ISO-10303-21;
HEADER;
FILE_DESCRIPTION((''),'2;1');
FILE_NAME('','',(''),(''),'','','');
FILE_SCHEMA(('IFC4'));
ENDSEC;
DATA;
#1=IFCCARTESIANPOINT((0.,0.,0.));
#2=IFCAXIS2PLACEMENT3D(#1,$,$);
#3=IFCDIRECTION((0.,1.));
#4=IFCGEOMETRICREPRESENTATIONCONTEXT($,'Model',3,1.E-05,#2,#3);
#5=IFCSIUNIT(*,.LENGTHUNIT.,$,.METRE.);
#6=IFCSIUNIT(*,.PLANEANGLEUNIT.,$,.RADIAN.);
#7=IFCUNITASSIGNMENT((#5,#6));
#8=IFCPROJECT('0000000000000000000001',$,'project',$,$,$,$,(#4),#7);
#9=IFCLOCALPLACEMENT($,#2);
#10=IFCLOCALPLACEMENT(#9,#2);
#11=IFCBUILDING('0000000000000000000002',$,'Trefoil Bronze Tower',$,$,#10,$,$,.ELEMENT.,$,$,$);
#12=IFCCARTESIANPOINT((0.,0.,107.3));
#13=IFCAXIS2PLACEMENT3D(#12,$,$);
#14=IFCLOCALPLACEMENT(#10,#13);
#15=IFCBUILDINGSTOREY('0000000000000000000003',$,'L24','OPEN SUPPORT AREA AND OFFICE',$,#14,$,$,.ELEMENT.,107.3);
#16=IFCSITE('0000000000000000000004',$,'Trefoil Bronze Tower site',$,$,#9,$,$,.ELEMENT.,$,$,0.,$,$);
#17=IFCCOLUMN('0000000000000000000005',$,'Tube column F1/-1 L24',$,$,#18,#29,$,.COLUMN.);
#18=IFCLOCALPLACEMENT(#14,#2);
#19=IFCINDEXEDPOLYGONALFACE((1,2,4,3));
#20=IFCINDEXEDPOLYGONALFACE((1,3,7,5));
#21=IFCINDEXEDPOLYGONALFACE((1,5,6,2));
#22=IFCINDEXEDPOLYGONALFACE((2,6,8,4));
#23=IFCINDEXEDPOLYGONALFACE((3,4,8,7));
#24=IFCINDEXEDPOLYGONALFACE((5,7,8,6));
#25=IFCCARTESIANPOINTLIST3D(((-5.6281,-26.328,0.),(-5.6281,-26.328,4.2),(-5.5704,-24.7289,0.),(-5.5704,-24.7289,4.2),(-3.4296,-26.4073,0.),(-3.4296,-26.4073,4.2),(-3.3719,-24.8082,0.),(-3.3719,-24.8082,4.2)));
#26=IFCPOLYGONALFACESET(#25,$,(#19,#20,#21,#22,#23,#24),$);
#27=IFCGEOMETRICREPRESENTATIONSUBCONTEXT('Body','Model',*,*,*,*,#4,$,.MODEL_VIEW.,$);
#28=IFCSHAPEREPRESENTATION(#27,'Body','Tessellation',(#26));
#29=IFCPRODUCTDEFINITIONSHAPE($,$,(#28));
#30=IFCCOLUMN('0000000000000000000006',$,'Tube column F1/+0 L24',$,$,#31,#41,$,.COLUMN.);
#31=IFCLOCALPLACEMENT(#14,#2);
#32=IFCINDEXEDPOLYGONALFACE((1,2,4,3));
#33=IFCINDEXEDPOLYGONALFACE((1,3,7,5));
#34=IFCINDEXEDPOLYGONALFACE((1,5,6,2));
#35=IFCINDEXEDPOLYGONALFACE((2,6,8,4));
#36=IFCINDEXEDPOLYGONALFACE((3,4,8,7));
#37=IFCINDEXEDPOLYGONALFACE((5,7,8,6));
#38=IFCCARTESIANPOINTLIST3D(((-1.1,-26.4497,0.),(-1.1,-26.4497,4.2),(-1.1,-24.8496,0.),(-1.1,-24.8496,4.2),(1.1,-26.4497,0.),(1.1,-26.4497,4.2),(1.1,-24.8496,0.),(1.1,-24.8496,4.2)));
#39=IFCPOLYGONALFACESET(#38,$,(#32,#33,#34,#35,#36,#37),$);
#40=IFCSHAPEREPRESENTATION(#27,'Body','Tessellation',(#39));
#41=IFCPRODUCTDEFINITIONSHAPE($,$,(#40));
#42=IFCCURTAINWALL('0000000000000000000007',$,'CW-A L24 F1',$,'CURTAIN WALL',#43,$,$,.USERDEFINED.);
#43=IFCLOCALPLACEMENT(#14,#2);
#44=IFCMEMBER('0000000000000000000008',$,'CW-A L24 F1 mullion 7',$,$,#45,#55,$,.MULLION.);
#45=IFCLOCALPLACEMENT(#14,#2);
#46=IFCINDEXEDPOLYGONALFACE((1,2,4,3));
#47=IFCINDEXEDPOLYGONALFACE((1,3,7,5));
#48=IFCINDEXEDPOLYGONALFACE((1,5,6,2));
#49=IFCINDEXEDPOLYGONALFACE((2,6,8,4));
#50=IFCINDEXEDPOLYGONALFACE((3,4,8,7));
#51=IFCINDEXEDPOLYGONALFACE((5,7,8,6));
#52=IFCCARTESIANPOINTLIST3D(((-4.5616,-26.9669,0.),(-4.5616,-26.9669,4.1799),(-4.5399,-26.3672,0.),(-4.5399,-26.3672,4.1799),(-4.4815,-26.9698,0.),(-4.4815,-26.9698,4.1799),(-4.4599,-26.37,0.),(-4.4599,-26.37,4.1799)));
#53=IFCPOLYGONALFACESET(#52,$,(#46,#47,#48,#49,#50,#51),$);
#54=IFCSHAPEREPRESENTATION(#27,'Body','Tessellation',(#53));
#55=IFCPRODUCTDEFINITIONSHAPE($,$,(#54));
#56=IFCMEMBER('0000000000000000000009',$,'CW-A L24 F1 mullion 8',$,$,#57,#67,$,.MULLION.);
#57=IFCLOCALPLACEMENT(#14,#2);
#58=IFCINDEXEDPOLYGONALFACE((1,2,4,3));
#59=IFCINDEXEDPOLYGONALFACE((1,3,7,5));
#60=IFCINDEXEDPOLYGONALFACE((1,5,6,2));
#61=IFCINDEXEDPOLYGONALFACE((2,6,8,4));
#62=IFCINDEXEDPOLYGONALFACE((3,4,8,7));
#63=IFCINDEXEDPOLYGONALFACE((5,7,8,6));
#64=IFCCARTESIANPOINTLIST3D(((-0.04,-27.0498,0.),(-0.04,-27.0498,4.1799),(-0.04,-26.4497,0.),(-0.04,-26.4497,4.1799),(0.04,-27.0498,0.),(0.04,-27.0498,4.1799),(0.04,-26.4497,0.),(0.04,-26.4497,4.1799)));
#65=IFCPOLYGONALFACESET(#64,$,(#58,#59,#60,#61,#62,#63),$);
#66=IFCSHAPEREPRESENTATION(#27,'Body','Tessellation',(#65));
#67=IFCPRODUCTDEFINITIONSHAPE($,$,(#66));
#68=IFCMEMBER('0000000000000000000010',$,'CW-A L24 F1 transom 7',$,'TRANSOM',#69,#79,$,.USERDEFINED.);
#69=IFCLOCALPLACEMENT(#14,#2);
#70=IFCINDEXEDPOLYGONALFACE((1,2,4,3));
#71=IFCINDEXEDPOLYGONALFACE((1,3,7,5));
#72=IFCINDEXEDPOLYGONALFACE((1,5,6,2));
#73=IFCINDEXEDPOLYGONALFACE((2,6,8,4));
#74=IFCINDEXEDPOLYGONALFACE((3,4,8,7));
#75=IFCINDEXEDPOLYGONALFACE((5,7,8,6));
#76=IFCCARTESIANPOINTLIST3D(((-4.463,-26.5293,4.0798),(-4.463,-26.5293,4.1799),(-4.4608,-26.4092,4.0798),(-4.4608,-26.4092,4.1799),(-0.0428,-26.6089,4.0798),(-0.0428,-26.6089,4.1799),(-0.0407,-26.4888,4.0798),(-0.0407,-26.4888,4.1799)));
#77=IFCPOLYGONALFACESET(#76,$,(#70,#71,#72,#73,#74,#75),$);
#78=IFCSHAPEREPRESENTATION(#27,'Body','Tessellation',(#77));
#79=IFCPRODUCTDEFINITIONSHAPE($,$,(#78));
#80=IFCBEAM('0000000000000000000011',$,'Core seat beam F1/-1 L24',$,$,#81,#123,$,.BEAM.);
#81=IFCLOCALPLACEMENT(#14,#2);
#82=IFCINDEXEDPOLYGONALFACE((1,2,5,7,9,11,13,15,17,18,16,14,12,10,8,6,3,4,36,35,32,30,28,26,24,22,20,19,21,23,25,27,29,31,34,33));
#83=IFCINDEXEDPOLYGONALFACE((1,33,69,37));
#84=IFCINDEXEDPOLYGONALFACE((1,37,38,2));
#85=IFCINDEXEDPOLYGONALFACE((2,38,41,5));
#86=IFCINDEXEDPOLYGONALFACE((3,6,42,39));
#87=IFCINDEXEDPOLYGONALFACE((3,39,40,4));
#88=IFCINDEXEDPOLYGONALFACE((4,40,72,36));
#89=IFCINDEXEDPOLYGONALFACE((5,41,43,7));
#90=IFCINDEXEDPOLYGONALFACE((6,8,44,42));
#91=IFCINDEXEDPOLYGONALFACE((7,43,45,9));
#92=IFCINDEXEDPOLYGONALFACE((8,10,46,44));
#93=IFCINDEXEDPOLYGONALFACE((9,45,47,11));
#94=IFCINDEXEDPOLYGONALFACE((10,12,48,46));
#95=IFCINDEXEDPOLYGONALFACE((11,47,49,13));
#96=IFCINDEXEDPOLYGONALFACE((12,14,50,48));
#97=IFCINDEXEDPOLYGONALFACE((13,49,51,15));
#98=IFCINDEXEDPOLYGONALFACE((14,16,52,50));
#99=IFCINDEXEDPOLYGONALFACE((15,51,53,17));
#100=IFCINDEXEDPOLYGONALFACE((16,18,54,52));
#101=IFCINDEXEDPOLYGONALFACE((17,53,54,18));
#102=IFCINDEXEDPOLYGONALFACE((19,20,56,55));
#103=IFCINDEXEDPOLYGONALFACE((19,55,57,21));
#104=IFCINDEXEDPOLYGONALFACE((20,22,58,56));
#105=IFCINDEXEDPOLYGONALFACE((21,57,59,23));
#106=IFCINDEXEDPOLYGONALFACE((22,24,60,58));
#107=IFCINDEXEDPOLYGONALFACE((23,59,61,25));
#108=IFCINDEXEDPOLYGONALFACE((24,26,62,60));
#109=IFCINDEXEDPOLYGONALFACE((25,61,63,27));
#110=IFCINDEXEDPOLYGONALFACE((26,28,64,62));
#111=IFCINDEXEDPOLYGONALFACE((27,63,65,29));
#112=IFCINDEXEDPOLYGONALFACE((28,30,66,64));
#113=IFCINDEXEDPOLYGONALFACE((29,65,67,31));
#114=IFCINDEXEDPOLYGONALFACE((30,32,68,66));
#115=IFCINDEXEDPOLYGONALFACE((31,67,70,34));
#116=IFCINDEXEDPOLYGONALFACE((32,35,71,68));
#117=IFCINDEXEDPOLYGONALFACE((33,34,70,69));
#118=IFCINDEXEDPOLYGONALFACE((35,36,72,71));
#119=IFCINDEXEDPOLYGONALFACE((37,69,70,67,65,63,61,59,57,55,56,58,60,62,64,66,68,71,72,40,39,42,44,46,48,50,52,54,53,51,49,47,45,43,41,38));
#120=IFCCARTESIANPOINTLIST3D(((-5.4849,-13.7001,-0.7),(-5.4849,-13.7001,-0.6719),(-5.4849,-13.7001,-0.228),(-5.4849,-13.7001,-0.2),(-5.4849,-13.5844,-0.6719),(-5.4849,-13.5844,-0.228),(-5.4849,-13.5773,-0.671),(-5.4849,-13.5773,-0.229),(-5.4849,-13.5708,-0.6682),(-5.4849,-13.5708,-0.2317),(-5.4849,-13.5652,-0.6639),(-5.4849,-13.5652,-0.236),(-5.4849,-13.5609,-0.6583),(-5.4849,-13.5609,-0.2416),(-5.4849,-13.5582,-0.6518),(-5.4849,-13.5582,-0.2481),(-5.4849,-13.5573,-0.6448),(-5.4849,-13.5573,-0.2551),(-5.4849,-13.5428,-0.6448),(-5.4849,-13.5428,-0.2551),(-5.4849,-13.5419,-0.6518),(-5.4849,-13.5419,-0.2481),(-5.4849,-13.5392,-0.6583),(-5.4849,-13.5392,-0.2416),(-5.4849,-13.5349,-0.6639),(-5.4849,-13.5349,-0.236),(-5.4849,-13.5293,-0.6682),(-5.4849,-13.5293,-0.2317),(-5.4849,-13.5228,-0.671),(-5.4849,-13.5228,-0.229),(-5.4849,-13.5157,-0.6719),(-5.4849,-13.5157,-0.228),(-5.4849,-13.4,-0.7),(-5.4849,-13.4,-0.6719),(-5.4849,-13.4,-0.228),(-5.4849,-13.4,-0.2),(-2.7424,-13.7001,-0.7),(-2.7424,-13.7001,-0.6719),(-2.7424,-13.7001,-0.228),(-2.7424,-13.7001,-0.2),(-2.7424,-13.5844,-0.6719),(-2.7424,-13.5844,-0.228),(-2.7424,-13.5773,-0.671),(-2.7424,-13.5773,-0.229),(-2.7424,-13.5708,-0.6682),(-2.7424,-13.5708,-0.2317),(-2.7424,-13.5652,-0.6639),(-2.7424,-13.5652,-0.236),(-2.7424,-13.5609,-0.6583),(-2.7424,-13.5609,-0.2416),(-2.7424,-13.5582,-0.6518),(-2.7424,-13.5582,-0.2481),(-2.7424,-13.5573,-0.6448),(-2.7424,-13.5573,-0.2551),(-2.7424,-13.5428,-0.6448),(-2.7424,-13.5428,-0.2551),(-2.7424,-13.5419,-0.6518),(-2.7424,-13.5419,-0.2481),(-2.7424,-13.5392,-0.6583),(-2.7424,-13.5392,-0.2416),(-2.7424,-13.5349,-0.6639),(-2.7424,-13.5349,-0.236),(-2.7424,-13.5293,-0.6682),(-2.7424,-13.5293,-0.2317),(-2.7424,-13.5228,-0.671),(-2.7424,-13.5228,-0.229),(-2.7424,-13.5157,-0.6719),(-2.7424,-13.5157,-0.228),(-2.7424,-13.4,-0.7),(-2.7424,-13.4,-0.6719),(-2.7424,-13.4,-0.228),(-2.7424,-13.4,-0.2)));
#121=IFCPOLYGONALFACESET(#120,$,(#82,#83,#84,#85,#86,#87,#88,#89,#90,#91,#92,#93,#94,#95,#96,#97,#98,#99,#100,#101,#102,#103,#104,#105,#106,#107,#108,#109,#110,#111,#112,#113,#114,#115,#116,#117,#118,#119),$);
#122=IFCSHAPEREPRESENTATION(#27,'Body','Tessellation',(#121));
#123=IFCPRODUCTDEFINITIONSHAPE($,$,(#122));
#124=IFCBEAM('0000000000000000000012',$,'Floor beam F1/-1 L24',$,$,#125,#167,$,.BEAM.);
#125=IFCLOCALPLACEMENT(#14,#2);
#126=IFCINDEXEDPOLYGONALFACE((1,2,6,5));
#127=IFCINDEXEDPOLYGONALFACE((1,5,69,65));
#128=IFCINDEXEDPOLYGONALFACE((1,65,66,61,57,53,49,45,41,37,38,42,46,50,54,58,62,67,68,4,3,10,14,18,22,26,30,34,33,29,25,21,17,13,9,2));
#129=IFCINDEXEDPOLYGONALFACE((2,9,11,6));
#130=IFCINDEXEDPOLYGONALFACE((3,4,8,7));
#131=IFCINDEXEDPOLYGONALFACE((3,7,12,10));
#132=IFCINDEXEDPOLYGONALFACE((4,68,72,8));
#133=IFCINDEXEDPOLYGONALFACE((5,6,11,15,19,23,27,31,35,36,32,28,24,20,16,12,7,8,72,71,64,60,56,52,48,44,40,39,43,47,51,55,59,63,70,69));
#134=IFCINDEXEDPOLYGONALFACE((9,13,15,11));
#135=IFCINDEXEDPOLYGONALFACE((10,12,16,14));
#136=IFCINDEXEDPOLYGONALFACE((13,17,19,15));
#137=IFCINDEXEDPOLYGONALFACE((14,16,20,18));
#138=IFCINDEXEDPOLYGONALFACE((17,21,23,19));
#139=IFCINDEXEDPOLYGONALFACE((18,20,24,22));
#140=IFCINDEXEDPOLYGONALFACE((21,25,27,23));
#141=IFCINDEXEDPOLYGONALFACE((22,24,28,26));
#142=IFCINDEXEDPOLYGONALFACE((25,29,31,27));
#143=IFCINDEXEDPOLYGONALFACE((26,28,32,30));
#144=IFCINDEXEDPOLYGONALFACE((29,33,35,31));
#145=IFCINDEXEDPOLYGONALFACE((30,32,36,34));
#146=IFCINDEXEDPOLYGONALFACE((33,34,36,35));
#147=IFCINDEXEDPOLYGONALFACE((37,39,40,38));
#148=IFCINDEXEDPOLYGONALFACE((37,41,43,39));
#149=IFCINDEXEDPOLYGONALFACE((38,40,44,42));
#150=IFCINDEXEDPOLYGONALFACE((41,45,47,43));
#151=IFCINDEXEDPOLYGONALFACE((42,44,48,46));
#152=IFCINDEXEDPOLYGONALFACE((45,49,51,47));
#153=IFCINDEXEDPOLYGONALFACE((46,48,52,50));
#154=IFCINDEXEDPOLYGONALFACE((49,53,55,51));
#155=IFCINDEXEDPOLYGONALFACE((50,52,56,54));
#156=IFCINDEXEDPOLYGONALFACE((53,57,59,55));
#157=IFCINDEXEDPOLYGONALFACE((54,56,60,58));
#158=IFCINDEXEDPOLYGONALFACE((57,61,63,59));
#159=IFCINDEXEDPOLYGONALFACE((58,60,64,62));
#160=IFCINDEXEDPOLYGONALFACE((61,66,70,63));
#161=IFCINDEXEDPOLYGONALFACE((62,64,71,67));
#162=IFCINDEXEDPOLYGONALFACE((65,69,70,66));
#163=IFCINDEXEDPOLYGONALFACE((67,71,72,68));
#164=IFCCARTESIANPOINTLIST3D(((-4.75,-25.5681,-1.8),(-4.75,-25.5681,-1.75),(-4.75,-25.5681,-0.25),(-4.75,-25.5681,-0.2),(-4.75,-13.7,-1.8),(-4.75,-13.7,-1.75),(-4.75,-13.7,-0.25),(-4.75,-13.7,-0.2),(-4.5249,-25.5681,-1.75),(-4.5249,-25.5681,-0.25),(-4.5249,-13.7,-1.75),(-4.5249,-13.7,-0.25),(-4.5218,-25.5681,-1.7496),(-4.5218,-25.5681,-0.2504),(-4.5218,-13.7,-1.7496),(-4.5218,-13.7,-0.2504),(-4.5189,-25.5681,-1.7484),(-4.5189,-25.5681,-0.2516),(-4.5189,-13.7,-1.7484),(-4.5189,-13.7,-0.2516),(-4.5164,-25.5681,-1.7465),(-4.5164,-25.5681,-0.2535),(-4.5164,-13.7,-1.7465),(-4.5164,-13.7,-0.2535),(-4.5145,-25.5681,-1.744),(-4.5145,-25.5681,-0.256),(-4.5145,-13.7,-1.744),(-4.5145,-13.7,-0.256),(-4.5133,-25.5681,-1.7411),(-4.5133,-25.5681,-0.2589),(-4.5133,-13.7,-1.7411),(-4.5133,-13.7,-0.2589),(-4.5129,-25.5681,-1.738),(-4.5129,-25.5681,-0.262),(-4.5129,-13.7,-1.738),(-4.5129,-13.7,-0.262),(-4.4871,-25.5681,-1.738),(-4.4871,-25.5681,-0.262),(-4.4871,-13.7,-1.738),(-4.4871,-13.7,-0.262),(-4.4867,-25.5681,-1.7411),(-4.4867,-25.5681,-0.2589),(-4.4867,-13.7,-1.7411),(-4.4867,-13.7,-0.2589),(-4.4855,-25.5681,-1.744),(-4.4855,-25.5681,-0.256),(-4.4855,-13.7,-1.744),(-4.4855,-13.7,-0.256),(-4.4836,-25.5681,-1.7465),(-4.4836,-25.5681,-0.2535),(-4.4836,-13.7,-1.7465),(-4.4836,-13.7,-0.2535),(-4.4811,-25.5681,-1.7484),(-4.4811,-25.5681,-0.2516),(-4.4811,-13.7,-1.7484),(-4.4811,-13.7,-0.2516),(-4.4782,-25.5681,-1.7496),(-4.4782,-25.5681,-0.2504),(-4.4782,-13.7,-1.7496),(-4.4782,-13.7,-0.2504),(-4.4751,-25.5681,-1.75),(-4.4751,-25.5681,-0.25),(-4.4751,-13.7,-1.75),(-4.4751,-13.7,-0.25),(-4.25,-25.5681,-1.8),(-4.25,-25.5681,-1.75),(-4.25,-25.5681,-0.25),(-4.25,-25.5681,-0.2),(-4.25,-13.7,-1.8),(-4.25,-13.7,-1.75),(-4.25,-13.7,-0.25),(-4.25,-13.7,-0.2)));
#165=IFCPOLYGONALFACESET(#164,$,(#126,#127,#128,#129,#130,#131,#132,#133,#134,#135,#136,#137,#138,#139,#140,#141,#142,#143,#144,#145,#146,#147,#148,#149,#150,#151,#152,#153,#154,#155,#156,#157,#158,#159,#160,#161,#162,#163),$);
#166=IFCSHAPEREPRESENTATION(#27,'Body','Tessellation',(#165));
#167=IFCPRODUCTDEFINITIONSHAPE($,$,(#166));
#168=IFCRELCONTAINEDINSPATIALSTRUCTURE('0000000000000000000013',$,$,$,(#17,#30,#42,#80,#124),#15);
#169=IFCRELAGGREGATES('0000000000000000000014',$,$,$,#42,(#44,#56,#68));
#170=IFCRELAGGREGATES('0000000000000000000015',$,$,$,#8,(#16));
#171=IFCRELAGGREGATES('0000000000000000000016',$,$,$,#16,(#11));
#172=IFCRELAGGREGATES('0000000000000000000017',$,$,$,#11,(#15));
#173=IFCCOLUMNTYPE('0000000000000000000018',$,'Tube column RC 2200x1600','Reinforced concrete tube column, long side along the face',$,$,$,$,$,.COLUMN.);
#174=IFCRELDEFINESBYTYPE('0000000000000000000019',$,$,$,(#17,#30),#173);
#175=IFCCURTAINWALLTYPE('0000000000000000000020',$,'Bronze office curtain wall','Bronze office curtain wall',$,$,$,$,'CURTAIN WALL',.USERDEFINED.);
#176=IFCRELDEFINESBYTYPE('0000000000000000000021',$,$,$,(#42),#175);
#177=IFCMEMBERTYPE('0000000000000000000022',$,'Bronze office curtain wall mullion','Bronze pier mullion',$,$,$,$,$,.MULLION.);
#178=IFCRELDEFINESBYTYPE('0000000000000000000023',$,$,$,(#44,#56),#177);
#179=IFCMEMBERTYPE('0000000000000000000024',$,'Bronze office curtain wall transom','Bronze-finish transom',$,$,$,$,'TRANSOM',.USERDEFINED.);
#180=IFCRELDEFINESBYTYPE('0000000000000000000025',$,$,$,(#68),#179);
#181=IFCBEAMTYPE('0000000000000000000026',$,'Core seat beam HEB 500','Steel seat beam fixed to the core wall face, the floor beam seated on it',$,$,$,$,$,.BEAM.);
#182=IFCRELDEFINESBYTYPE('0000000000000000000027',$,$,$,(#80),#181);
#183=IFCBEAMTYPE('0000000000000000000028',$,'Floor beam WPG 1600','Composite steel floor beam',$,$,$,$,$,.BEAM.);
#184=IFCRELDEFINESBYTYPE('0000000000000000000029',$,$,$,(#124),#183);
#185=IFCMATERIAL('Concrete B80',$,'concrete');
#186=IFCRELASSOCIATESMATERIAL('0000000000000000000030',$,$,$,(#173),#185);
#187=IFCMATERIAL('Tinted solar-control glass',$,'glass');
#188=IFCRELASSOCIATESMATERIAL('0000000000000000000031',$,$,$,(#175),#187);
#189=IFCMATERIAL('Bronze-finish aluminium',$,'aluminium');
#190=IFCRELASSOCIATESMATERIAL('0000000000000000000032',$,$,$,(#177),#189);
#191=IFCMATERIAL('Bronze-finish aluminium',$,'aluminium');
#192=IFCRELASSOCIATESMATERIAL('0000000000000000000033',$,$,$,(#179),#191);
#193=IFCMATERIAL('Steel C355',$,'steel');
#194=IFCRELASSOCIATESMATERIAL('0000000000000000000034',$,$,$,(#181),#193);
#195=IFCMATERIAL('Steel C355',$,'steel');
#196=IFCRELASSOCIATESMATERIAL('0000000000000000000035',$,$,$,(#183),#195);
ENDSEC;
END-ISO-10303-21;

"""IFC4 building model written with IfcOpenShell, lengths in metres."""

from ifc_helpers import new_model, si_unit, direction, frame, origin, origin_2d, place, context, subcontext, project, spatial, rectangle, i_section, extrude, material, material_profile, profile_set, type_object, element, aggregate, save


model = new_model("IFC4")

# Units and contexts
model_context = context("Model", 3, precision=1e-05, world=origin(), true_north=direction((0.0, 1.0)))
body_context = subcontext(model_context, "Body", "Model", "MODEL_VIEW")
ifc_project = project(units=[si_unit("LENGTHUNIT", "METRE"), si_unit("PLANEANGLEUNIT", "RADIAN")], contexts=[model_context])

# Site, building, storey
site_placement = place(None, origin())
site = spatial("IfcSite", under=ifc_project, at=site_placement, Name="Trefoil Bronze Tower site", CompositionType="ELEMENT", RefElevation=0.0)
building_placement = place(site_placement, origin())
building = spatial("IfcBuilding", under=site, at=building_placement, Name="Trefoil Bronze Tower", CompositionType="ELEMENT")
storey_placement = place(building_placement, frame((0.0, 0.0, 107.3)))
storey = spatial("IfcBuildingStorey", under=building, at=storey_placement, Name="L24", Description="OPEN SUPPORT AREA AND OFFICE", CompositionType="ELEMENT", Elevation=107.3)

# Columns
ifc_material_1 = material(Name="Concrete B80", Category="concrete")
ifc_material_profile_1 = material_profile(ifc_material_1, rectangle(XDim=2.2, YDim=1.6001, at=origin_2d()), Name="RC 2200x1600")
ifc_profile_set_1 = profile_set([ifc_material_profile_1], Name="Concrete B80")
column_type = type_object("IfcColumnType", Name="Tube column RC 2200x1600", Description="Reinforced concrete tube column, long side along the face", PredefinedType="COLUMN", material=ifc_profile_set_1)
for number, where, z_axis, x_axis, name in (
    (1, (-4.5, -25.5681, 0.0), (0.0, 0.0, 1.0), (0.99935, -0.036048, 0.0), "Tube column F1/-1 L24"),
    (2, (0.0, -25.6497, 0.0), (0.0, 0.0, 1.0), (1.0, 0.0, 0.0), "Tube column F1/+0 L24"),
):
    element("IfcColumn", number, at=place(storey_placement, frame(where, z_axis=z_axis, x_axis=x_axis)), inside=storey, type_object=column_type, Name=name, PredefinedType="COLUMN", context=body_context, shape_type="SweptSolid", body=[
        extrude(rectangle(XDim=2.2, YDim=1.6001, at=origin_2d()), origin(), (0.0, 0.0, 1.0), 4.2),
    ])

# Curtain wall, members
ifc_material_2 = material(Name="Tinted solar-control glass", Category="glass")
curtain_wall_type = type_object("IfcCurtainWallType", Name="Bronze office curtain wall", Description="Bronze office curtain wall", ElementType="CURTAIN WALL", PredefinedType="USERDEFINED", material=ifc_material_2)
curtain_wall_placement = place(storey_placement, origin())
curtain_wall = element("IfcCurtainWall", 3, at=curtain_wall_placement, inside=storey, type_object=curtain_wall_type, Name="CW-A L24 F1", ObjectType="CURTAIN WALL", PredefinedType="USERDEFINED")
ifc_material_3 = material(Name="Bronze-finish aluminium", Category="aluminium")
ifc_material_profile_2 = material_profile(ifc_material_3, rectangle(XDim=0.6001, YDim=0.0801, at=origin_2d()), Name="CW-A mullion")
ifc_profile_set_2 = profile_set([ifc_material_profile_2], Name="Bronze-finish aluminium")
member_type_1 = type_object("IfcMemberType", Name="Bronze office curtain wall mullion", Description="Bronze pier mullion", PredefinedType="MULLION", material=ifc_profile_set_2)
member_1_placement = place(storey_placement, frame((-4.5107, -26.6685, 0.0), z_axis=(0.0, 0.0, 1.0), x_axis=(0.036048, 0.99935, 0.0)))
member_1 = element("IfcMember", 4, at=member_1_placement, type_object=member_type_1, Name="CW-A L24 F1 mullion 7", PredefinedType="MULLION", context=body_context, shape_type="SweptSolid", body=[
    extrude(rectangle(XDim=0.6001, YDim=0.0801, at=origin_2d()), origin(), (0.0, 0.0, 1.0), 4.1799),
])
member_2_placement = place(storey_placement, frame((0.0, -26.7498, 0.0), z_axis=(0.0, 0.0, 1.0), x_axis=(0.0, 1.0, 0.0)))
member_2 = element("IfcMember", 5, at=member_2_placement, type_object=member_type_1, Name="CW-A L24 F1 mullion 8", PredefinedType="MULLION", context=body_context, shape_type="SweptSolid", body=[
    extrude(rectangle(XDim=0.6001, YDim=0.0801, at=origin_2d()), origin(), (0.0, 0.0, 1.0), 4.1799),
])
ifc_material_4 = material(Name="Bronze-finish aluminium", Category="aluminium")
ifc_material_profile_3 = material_profile(ifc_material_4, rectangle(XDim=0.1201, YDim=0.1001, at=origin_2d()), Name="CW-A transom")
ifc_profile_set_3 = profile_set([ifc_material_profile_3], Name="Bronze-finish aluminium")
member_type_2 = type_object("IfcMemberType", Name="Bronze office curtain wall transom", Description="Bronze-finish transom", ElementType="TRANSOM", PredefinedType="USERDEFINED", material=ifc_profile_set_3)
member_3_placement = place(storey_placement, frame((-4.4619, -26.4692, 4.1299), z_axis=(0.999838, -0.018003, 0.0), x_axis=(0.018003, 0.999838, 0.0)))
member_3 = element("IfcMember", 6, at=member_3_placement, type_object=member_type_2, Name="CW-A L24 F1 transom 7", ObjectType="TRANSOM", PredefinedType="USERDEFINED", context=body_context, shape_type="SweptSolid", body=[
    extrude(rectangle(XDim=0.1201, YDim=0.1001, at=origin_2d()), origin(), (0.0, 0.0, 1.0), 4.4209),
])

# Beams
ifc_material_5 = material(Name="Steel C355", Category="steel")
ifc_material_profile_4 = material_profile(ifc_material_5, i_section(OverallWidth=0.3, OverallDepth=0.5, WebThickness=0.0144, FlangeThickness=0.0281, FilletRadius=0.0271, at=origin_2d()), Name="HEB 500")
ifc_profile_set_4 = profile_set([ifc_material_profile_4], Name="Steel C355")
beam_type_1 = type_object("IfcBeamType", Name="Core seat beam HEB 500", Description="Steel seat beam fixed to the core wall face, the floor beam seated on it", PredefinedType="BEAM", material=ifc_profile_set_4)
beam_1_placement = place(storey_placement, frame((-5.4849, -13.55, -0.45), z_axis=(1.0, 0.0, 0.0), x_axis=(0.0, 1.0, 0.0)))
element("IfcBeam", 7, at=beam_1_placement, inside=storey, type_object=beam_type_1, Name="Core seat beam F1/-1 L24", PredefinedType="BEAM", context=body_context, shape_type="SweptSolid", body=[
    extrude(i_section(OverallWidth=0.3, OverallDepth=0.5, WebThickness=0.0144, FlangeThickness=0.0281, FilletRadius=0.0271, at=origin_2d()), origin(), (0.0, 0.0, 1.0), 2.7424),
])
ifc_material_6 = material(Name="Steel C355", Category="steel")
ifc_material_profile_5 = material_profile(ifc_material_6, i_section(OverallWidth=0.5, OverallDepth=1.6001, WebThickness=0.0259, FlangeThickness=0.05, FilletRadius=0.012, at=origin_2d()), Name="WPG 1600")
ifc_profile_set_5 = profile_set([ifc_material_profile_5], Name="Steel C355")
beam_type_2 = type_object("IfcBeamType", Name="Floor beam WPG 1600", Description="Composite steel floor beam", PredefinedType="BEAM", material=ifc_profile_set_5)
beam_2_placement = place(storey_placement, frame((-4.5, -25.5681, -1.0), z_axis=(0.0, 1.0, 0.0), x_axis=(-1.0, 0.0, 0.0)))
element("IfcBeam", 8, at=beam_2_placement, inside=storey, type_object=beam_type_2, Name="Floor beam F1/-1 L24", PredefinedType="BEAM", context=body_context, shape_type="SweptSolid", body=[
    extrude(i_section(OverallWidth=0.5, OverallDepth=1.6001, WebThickness=0.0259, FlangeThickness=0.05, FilletRadius=0.012, at=origin_2d()), origin(), (0.0, 0.0, 1.0), 11.8682),
])

aggregate(curtain_wall, [member_1, member_2, member_3])

save(model, "model.ifc")
